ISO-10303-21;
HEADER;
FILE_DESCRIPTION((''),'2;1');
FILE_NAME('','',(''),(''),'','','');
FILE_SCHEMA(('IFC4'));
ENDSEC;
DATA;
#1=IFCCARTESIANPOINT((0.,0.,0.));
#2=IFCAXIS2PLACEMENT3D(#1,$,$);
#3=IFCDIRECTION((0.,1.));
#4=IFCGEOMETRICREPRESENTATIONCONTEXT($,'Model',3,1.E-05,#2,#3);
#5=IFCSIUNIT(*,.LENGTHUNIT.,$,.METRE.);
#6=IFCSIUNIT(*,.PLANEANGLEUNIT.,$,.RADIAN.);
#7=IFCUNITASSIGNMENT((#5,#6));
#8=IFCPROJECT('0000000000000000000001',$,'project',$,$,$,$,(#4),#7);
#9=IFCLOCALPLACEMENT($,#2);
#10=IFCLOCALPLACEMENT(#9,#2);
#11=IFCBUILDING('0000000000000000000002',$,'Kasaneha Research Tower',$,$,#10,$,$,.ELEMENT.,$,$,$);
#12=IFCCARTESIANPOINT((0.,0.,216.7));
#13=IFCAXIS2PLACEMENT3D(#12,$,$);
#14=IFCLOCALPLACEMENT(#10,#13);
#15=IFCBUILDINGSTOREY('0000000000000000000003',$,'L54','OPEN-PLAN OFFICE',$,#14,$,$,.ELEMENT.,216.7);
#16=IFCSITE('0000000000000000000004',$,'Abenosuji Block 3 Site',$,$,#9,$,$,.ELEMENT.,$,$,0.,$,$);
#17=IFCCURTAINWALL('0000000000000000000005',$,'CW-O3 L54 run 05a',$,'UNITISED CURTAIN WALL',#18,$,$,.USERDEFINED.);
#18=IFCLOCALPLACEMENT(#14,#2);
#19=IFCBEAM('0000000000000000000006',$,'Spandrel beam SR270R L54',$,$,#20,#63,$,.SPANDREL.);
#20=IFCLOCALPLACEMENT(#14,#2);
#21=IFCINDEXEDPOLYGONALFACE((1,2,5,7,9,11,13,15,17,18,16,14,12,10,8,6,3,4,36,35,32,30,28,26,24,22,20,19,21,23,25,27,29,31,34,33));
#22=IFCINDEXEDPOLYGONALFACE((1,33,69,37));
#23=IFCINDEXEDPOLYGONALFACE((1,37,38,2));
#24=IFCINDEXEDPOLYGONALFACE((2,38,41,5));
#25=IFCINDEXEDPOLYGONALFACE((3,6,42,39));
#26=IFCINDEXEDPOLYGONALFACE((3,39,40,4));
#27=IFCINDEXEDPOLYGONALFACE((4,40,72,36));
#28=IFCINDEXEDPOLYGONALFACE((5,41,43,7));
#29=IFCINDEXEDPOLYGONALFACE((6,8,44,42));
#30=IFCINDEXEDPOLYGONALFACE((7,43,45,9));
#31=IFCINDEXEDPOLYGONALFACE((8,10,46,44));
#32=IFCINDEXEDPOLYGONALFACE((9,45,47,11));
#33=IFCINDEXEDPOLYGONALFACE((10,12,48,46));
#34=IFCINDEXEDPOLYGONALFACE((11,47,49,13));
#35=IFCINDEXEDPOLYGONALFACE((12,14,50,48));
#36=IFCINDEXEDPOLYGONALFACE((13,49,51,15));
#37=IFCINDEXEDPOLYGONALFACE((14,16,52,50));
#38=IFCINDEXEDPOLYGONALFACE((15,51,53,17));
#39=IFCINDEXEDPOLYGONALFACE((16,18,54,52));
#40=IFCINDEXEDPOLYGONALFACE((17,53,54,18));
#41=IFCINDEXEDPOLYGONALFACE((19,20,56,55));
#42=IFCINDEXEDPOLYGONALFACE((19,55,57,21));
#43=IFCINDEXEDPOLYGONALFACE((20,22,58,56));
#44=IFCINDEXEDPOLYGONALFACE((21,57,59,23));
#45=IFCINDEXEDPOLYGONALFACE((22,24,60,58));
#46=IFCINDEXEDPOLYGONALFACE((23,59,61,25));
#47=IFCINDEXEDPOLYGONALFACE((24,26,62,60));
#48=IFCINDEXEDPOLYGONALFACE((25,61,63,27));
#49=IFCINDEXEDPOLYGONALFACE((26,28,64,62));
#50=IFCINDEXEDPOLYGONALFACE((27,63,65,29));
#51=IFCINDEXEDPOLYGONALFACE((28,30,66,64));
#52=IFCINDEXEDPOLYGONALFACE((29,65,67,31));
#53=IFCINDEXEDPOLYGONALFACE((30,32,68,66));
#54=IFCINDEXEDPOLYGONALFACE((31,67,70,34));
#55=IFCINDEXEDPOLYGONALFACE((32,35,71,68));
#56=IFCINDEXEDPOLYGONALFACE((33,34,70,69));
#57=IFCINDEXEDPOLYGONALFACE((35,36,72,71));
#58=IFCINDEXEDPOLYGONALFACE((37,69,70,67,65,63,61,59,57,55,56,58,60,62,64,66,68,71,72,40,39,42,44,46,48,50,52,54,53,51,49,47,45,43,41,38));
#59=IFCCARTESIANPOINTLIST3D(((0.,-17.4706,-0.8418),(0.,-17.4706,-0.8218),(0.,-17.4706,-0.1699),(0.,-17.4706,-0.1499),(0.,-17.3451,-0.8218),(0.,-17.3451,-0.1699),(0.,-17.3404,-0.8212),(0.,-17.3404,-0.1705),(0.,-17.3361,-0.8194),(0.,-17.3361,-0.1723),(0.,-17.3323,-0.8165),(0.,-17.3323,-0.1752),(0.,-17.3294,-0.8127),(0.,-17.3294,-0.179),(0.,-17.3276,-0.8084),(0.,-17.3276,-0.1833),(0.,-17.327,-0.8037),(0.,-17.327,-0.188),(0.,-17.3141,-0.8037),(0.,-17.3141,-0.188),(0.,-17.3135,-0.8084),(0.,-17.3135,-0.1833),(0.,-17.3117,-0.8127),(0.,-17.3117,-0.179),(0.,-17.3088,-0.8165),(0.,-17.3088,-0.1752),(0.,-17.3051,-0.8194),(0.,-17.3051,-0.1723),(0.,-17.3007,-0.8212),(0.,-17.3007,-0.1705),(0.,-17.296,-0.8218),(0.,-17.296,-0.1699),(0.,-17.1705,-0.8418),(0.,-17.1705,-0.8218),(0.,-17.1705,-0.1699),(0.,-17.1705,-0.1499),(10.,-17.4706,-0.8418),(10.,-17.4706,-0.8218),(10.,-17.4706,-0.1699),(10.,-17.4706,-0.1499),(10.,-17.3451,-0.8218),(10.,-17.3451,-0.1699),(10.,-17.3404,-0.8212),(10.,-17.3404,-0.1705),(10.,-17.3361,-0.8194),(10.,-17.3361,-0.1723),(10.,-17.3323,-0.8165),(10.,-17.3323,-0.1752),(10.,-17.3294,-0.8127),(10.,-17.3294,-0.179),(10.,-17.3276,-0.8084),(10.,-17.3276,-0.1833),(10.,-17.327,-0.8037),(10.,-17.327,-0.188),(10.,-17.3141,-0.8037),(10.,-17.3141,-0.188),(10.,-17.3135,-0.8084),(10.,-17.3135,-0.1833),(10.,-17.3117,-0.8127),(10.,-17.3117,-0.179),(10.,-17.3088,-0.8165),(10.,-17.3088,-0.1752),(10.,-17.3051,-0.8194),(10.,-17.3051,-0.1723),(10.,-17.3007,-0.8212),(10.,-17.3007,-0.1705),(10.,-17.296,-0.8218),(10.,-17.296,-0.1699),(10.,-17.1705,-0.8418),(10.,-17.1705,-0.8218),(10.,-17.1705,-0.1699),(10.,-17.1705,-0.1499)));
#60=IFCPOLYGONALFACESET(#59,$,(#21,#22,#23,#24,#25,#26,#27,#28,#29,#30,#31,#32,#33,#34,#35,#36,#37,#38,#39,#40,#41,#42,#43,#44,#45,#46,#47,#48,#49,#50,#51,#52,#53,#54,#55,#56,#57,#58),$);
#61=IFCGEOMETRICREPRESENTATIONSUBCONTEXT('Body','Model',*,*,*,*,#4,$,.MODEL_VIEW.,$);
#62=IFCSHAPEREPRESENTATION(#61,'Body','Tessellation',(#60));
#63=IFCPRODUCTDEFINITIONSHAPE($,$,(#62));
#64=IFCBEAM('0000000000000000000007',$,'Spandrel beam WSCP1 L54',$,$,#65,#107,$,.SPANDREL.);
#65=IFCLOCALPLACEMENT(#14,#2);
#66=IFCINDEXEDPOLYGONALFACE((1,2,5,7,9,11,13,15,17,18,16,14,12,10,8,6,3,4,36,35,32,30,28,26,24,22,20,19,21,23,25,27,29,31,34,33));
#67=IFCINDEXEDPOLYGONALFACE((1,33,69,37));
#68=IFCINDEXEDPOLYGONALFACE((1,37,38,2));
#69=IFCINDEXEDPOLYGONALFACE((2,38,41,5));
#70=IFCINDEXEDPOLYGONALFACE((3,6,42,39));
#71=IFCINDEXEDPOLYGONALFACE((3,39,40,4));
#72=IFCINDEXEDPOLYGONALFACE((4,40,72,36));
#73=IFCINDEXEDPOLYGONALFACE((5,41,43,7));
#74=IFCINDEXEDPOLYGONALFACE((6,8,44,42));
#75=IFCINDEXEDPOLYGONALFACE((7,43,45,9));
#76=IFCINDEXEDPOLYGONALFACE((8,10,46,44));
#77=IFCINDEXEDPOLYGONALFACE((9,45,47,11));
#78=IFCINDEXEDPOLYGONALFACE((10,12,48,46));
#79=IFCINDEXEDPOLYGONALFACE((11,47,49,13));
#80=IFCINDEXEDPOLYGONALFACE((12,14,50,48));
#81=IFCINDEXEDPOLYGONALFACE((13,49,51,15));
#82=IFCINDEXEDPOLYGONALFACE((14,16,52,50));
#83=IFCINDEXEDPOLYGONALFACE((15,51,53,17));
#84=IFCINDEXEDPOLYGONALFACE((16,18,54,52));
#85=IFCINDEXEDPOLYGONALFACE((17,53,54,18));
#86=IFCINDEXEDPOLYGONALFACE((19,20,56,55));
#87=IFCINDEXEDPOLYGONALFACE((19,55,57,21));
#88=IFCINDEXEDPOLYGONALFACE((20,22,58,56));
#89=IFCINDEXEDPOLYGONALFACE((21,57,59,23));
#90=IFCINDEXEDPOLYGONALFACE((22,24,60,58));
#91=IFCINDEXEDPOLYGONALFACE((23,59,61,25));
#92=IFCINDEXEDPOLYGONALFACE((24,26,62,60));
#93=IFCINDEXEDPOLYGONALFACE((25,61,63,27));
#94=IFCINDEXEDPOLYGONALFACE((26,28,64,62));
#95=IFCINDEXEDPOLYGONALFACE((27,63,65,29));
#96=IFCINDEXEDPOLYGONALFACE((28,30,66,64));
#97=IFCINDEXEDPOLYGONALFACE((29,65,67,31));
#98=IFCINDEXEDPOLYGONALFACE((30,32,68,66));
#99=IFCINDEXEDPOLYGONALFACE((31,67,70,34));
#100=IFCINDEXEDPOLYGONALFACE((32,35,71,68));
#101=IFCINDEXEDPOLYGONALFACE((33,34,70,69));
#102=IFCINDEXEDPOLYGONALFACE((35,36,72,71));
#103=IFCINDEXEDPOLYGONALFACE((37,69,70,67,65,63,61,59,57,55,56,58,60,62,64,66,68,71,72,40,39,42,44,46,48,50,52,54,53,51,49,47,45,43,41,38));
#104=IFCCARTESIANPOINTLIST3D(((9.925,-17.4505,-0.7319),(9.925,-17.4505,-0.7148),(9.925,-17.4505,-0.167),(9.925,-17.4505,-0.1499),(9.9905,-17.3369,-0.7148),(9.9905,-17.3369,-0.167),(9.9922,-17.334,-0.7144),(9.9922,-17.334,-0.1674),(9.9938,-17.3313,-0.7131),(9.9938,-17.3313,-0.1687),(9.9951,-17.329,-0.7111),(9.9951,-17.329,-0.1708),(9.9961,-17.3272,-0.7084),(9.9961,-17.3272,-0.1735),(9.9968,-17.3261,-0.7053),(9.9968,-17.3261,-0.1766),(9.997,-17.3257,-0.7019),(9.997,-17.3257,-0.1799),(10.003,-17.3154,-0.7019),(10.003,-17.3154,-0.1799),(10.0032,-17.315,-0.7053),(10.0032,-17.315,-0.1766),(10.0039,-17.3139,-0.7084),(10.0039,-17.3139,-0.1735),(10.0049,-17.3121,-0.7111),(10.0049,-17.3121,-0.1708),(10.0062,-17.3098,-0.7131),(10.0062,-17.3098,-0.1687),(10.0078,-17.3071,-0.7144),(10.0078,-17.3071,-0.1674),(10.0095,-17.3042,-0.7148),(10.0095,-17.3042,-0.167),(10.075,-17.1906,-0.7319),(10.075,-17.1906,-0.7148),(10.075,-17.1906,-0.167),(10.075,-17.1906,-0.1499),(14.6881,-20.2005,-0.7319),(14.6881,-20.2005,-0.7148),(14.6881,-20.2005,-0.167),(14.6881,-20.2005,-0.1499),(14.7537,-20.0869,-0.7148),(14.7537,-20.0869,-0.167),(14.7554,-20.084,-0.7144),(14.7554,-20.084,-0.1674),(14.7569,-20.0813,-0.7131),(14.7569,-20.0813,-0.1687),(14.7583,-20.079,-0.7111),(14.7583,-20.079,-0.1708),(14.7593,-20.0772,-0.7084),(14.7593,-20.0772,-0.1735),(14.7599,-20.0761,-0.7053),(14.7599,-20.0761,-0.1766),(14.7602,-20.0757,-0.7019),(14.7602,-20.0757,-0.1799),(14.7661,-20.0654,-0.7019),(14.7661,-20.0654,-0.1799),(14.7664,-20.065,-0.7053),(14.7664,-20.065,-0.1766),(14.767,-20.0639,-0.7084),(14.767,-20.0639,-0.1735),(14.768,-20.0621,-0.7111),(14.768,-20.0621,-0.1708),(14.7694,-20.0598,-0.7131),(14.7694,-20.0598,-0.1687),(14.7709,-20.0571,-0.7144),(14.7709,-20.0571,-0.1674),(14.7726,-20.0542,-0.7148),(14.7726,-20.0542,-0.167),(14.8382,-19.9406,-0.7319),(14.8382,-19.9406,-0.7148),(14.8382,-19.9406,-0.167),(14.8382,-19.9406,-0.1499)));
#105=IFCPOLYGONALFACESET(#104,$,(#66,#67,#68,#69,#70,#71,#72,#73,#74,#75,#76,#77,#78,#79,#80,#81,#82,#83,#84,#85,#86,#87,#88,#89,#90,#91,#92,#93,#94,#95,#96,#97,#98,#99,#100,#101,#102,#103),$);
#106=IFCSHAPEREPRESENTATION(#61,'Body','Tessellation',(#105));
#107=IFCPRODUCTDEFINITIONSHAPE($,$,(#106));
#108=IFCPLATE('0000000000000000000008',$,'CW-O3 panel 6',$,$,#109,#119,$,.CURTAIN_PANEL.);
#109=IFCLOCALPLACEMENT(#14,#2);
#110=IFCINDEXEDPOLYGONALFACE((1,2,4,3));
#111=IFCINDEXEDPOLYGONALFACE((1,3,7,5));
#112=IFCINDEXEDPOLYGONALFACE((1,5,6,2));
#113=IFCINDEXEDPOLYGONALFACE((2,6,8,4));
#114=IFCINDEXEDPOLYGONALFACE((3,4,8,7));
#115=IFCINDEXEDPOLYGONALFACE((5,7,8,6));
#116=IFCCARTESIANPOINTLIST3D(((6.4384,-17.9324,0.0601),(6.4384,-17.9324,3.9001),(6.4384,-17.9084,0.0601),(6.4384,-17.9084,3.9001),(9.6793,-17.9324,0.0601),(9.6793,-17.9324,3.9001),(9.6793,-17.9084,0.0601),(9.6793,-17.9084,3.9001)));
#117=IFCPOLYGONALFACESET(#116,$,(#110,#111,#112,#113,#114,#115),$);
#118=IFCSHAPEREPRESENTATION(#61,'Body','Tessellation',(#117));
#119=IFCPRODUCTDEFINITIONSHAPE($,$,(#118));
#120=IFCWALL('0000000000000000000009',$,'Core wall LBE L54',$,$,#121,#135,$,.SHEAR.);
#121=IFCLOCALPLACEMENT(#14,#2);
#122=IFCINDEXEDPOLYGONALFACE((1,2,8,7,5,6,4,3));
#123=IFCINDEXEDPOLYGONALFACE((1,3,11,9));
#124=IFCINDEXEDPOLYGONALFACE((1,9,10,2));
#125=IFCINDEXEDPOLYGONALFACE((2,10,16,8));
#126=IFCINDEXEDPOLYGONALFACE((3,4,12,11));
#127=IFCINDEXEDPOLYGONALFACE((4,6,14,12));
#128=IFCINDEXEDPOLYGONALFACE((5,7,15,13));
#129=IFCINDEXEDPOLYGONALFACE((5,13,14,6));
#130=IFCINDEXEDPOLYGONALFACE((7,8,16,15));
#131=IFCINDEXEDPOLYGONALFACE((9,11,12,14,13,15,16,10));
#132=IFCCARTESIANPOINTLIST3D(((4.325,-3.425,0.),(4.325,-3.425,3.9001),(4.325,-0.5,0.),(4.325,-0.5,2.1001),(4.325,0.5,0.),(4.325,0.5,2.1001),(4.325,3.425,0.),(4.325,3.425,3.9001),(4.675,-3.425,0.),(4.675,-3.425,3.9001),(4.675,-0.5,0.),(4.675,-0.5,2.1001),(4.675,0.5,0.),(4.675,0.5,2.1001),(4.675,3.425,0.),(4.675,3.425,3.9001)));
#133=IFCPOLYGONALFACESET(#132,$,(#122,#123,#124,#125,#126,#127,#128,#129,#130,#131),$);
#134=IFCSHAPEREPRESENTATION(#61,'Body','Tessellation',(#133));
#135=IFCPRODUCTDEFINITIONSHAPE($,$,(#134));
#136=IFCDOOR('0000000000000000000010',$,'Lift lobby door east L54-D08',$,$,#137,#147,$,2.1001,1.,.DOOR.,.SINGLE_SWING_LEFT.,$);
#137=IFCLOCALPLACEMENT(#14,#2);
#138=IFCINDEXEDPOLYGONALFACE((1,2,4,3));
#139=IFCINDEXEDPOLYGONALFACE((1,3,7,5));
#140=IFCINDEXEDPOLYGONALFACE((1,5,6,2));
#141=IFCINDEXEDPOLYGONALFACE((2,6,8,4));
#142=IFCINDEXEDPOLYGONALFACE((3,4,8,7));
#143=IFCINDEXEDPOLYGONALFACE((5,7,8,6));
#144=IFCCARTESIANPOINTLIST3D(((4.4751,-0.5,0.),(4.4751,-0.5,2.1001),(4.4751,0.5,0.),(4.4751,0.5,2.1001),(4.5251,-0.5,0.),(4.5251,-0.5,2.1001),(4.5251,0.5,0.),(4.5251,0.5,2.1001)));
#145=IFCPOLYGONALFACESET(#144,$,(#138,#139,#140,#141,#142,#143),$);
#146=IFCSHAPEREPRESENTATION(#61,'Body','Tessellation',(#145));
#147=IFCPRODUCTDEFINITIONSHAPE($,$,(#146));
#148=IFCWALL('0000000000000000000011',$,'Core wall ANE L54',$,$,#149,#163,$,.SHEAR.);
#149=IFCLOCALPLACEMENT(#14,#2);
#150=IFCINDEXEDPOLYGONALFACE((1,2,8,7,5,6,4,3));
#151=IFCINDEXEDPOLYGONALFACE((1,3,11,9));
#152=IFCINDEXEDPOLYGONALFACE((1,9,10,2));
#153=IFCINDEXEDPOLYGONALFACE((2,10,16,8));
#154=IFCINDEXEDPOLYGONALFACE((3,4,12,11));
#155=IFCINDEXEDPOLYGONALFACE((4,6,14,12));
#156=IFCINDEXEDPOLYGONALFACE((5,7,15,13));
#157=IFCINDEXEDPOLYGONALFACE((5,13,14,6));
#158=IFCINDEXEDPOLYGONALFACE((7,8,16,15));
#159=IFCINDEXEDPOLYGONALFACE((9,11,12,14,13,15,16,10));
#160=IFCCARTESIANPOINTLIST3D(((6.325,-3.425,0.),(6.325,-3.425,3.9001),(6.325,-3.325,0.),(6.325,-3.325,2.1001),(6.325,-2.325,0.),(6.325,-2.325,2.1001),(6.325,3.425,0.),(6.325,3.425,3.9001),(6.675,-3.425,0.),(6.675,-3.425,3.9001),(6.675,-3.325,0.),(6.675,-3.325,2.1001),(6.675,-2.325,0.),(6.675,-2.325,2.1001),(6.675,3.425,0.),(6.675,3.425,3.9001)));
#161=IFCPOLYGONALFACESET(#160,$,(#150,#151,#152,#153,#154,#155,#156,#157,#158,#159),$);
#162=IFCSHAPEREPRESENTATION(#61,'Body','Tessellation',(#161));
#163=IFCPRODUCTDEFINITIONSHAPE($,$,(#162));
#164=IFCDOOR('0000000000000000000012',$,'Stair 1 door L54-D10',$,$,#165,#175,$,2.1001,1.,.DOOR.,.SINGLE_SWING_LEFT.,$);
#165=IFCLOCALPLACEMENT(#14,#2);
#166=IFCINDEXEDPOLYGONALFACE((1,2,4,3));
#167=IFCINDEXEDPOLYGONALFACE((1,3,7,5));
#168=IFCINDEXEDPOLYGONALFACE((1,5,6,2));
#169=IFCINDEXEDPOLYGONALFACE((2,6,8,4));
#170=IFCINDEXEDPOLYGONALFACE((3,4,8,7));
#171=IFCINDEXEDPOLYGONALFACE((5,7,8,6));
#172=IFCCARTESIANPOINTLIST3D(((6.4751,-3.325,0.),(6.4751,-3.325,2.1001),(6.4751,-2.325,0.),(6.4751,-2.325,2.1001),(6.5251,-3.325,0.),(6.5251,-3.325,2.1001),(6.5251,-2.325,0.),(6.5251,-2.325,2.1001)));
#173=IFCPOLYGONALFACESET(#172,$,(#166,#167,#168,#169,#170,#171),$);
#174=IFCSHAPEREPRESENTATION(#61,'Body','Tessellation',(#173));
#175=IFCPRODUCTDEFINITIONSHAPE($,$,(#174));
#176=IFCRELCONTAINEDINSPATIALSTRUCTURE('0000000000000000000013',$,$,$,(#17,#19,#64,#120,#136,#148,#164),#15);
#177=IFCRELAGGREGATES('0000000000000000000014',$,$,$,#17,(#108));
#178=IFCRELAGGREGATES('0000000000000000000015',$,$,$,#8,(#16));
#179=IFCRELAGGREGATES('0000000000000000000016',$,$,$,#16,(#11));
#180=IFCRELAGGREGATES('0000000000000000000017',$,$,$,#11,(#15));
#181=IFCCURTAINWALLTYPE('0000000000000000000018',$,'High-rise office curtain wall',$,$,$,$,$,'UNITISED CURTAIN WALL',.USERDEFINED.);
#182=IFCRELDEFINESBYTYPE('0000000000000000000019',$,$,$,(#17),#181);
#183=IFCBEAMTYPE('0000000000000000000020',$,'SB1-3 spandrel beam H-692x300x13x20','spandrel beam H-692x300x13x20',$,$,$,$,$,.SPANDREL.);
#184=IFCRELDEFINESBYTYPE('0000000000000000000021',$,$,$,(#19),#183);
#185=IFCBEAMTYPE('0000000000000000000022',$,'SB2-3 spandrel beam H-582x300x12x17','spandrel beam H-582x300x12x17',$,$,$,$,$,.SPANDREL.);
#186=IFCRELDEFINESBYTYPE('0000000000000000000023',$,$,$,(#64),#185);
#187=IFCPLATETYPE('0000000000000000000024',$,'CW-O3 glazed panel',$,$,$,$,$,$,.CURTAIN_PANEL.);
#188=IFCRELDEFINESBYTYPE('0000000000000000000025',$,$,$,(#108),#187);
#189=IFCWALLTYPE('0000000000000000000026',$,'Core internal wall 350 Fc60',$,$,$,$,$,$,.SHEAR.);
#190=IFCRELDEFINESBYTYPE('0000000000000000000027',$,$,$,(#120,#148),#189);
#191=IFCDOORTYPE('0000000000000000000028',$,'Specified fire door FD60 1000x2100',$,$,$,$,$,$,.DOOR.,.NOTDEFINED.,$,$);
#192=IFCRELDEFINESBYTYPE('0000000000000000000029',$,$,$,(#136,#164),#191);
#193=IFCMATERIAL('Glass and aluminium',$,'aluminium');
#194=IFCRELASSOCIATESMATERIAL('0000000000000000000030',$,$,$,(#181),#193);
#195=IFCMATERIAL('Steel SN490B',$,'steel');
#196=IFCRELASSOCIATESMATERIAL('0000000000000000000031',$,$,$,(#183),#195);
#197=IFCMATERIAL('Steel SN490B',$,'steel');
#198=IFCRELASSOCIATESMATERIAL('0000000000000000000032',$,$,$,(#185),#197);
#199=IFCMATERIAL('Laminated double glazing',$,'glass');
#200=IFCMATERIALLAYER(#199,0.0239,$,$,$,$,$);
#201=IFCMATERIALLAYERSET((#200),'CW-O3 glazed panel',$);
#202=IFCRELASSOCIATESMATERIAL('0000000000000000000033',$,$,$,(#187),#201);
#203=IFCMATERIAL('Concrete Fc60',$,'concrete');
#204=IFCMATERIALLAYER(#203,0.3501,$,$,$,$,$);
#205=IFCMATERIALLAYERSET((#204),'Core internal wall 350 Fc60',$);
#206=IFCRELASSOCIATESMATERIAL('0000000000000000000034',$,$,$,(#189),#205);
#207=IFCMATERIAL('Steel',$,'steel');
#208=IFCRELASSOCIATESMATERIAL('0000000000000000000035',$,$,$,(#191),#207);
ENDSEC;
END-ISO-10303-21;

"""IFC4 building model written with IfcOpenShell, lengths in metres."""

from ifc_helpers import new_model, si_unit, direction, frame, frame_2d, origin, origin_2d, place, context, subcontext, project, spatial, rectangle, i_section, extrude, material, layer, layer_set, material_profile, profile_set, type_object, element, fill, aggregate, save


model = new_model("IFC4")

# Units and contexts
model_context = context("Model", 3, precision=1e-05, world=origin(), true_north=direction((0.0, 1.0)))
body_context = subcontext(model_context, "Body", "Model", "MODEL_VIEW")
ifc_project = project(units=[si_unit("LENGTHUNIT", "METRE"), si_unit("PLANEANGLEUNIT", "RADIAN")], contexts=[model_context])

# Site, building, storey
site_placement = place(None, origin())
site = spatial("IfcSite", under=ifc_project, at=site_placement, Name="Abenosuji Block 3 Site", CompositionType="ELEMENT", RefElevation=0.0)
building_placement = place(site_placement, origin())
building = spatial("IfcBuilding", under=site, at=building_placement, Name="Kasaneha Research Tower", CompositionType="ELEMENT")
storey_placement = place(building_placement, frame((0.0, 0.0, 216.7)))
storey = spatial("IfcBuildingStorey", under=building, at=storey_placement, Name="L54", Description="OPEN-PLAN OFFICE", CompositionType="ELEMENT", Elevation=216.7)

# Curtain wall
ifc_material_1 = material(Name="Glass and aluminium", Category="aluminium")
curtain_wall_type = type_object("IfcCurtainWallType", Name="High-rise office curtain wall", ElementType="UNITISED CURTAIN WALL", PredefinedType="USERDEFINED", material=ifc_material_1)
curtain_wall_placement = place(storey_placement, origin())
curtain_wall = element("IfcCurtainWall", 1, at=curtain_wall_placement, inside=storey, type_object=curtain_wall_type, Name="CW-O3 L54 run 05a", ObjectType="UNITISED CURTAIN WALL", PredefinedType="USERDEFINED")

# Beams
ifc_material_2 = material(Name="Steel SN490B", Category="steel")
ifc_material_profile_1 = material_profile(ifc_material_2, i_section(OverallWidth=0.3, OverallDepth=0.6919, WebThickness=0.0129, FlangeThickness=0.02, FilletRadius=0.0181, at=origin_2d()), Name="H-692x300x13x20")
ifc_profile_set_1 = profile_set([ifc_material_profile_1], Name="Steel SN490B")
beam_type_1 = type_object("IfcBeamType", Name="SB1-3 spandrel beam H-692x300x13x20", Description="spandrel beam H-692x300x13x20", PredefinedType="SPANDREL", material=ifc_profile_set_1)
beam_1_placement = place(storey_placement, frame((10.0, -17.3206, -0.4958), z_axis=(-1.0, 0.0, 0.0), x_axis=(0.0, -1.0, 0.0)))
element("IfcBeam", 2, at=beam_1_placement, inside=storey, type_object=beam_type_1, Name="Spandrel beam SR270R L54", PredefinedType="SPANDREL", context=body_context, shape_type="SweptSolid", body=[
    extrude(i_section(OverallWidth=0.3, OverallDepth=0.6919, WebThickness=0.0129, FlangeThickness=0.02, FilletRadius=0.0181, at=origin_2d()), origin(), (0.0, 0.0, 1.0), 10.0),
])
ifc_material_3 = material(Name="Steel SN490B", Category="steel")
ifc_material_profile_2 = material_profile(ifc_material_3, i_section(OverallWidth=0.3, OverallDepth=0.582, WebThickness=0.012, FlangeThickness=0.0171, FilletRadius=0.0129, at=origin_2d()), Name="H-582x300x12x17")
ifc_profile_set_2 = profile_set([ifc_material_profile_2], Name="Steel SN490B")
beam_type_2 = type_object("IfcBeamType", Name="SB2-3 spandrel beam H-582x300x12x17", Description="spandrel beam H-582x300x12x17", PredefinedType="SPANDREL", material=ifc_profile_set_2)
beam_2_placement = place(storey_placement, frame((10.0, -17.3206, -0.4409), z_axis=(0.866027, -0.499997, 0.0), x_axis=(0.499997, 0.866027, 0.0)))
element("IfcBeam", 3, at=beam_2_placement, inside=storey, type_object=beam_type_2, Name="Spandrel beam WSCP1 L54", PredefinedType="SPANDREL", context=body_context, shape_type="SweptSolid", body=[
    extrude(i_section(OverallWidth=0.3, OverallDepth=0.582, WebThickness=0.012, FlangeThickness=0.0171, FilletRadius=0.0129, at=origin_2d()), origin(), (0.0, 0.0, 1.0), 5.5),
])

# Plate
ifc_material_4 = material(Name="Laminated double glazing", Category="glass")
ifc_layer_1 = layer(ifc_material_4, 0.0239)
ifc_layer_set_1 = layer_set([ifc_layer_1], Name="CW-O3 glazed panel")
plate_type = type_object("IfcPlateType", Name="CW-O3 glazed panel", PredefinedType="CURTAIN_PANEL", material=ifc_layer_set_1)
plate_placement = place(storey_placement, frame((8.0588, -17.9204, 0.0601), z_axis=(0.0, 0.0, 1.0), x_axis=(1.0, 0.0, 0.0)))
plate = element("IfcPlate", 4, at=plate_placement, type_object=plate_type, Name="CW-O3 panel 6", PredefinedType="CURTAIN_PANEL", context=body_context, shape_type="SweptSolid", body=[
    extrude(rectangle(XDim=3.241, YDim=0.0239, at=origin_2d()), origin(), (0.0, 0.0, 1.0), 3.8401),
])
aggregate(curtain_wall, [plate])

# Walls, openings, doors
ifc_material_5 = material(Name="Concrete Fc60", Category="concrete")
ifc_layer_2 = layer(ifc_material_5, 0.3501)
ifc_layer_set_2 = layer_set([ifc_layer_2], Name="Core internal wall 350 Fc60")
wall_type_1 = type_object("IfcWallType", Name="Core internal wall 350 Fc60", PredefinedType="SHEAR", material=ifc_layer_set_2)
wall_1_placement = place(storey_placement, frame((4.5, -3.425, 0.0), z_axis=(0.0, 0.0, 1.0), x_axis=(0.0, 1.0, 0.0)))
wall_1 = element("IfcWall", 5, at=wall_1_placement, inside=storey, type_object=wall_type_1, Name="Core wall LBE L54", PredefinedType="SHEAR", context=body_context, shape_type="SweptSolid", body=[
    extrude(rectangle(XDim=6.8501, YDim=0.3501, at=frame_2d((3.425, 0.0))), origin(), (0.0, 0.0, 1.0), 3.9001),
])
opening_1_placement = place(wall_1_placement, frame((2.925, 0.0, 0.0)))
opening_1 = element("IfcOpeningElement", 6, at=opening_1_placement, cuts=wall_1, PredefinedType="OPENING", context=body_context, shape_type="SweptSolid", body=[
    extrude(rectangle(XDim=1.0, YDim=2.1001, at=frame_2d((0.5, 1.05))), frame((0.0, 0.1851, 0.0), z_axis=(0.0, -1.0, 0.0), x_axis=(1.0, 0.0, 0.0)), (0.0, 0.0, 1.0), 0.3701),
])
ifc_material_6 = material(Name="Steel", Category="steel")
door_type_1 = type_object("IfcDoorType", Name="Specified fire door FD60 1000x2100", OperationType="NOTDEFINED", PredefinedType="DOOR", material=ifc_material_6)
door_1_placement = place(opening_1_placement, origin())
door_1 = element("IfcDoor", 7, at=door_1_placement, inside=storey, type_object=door_type_1, Name="Lift lobby door east L54-D08", OperationType="SINGLE_SWING_LEFT", OverallHeight=2.1001, OverallWidth=1.0, PredefinedType="DOOR", context=body_context, shape_type="SweptSolid", body=[
    extrude(rectangle(XDim=1.0, YDim=2.1001, at=frame_2d((0.5, 1.05))), frame((0.0, 0.0249, 0.0), z_axis=(0.0, -1.0, 0.0), x_axis=(1.0, 0.0, 0.0)), (0.0, 0.0, 1.0), 0.05),
])
fill(opening_1, door_1)
wall_2_placement = place(storey_placement, frame((6.5, -3.425, 0.0), z_axis=(0.0, 0.0, 1.0), x_axis=(0.0, 1.0, 0.0)))
wall_2 = element("IfcWall", 8, at=wall_2_placement, inside=storey, type_object=wall_type_1, Name="Core wall ANE L54", PredefinedType="SHEAR", context=body_context, shape_type="SweptSolid", body=[
    extrude(rectangle(XDim=6.8501, YDim=0.3501, at=frame_2d((3.425, 0.0))), origin(), (0.0, 0.0, 1.0), 3.9001),
])
opening_2_placement = place(wall_2_placement, frame((0.1001, 0.0, 0.0)))
opening_2 = element("IfcOpeningElement", 9, at=opening_2_placement, cuts=wall_2, PredefinedType="OPENING", context=body_context, shape_type="SweptSolid", body=[
    extrude(rectangle(XDim=1.0, YDim=2.1001, at=frame_2d((0.5, 1.05))), frame((0.0, 0.1851, 0.0), z_axis=(0.0, -1.0, 0.0), x_axis=(1.0, 0.0, 0.0)), (0.0, 0.0, 1.0), 0.3701),
])
door_2_placement = place(opening_2_placement, origin())
door_2 = element("IfcDoor", 10, at=door_2_placement, inside=storey, type_object=door_type_1, Name="Stair 1 door L54-D10", OperationType="SINGLE_SWING_LEFT", OverallHeight=2.1001, OverallWidth=1.0, PredefinedType="DOOR", context=body_context, shape_type="SweptSolid", body=[
    extrude(rectangle(XDim=1.0, YDim=2.1001, at=frame_2d((0.5, 1.05))), frame((0.0, 0.0249, 0.0), z_axis=(0.0, -1.0, 0.0), x_axis=(1.0, 0.0, 0.0)), (0.0, 0.0, 1.0), 0.05),
])
fill(opening_2, door_2)

save(model, "model.ifc")
